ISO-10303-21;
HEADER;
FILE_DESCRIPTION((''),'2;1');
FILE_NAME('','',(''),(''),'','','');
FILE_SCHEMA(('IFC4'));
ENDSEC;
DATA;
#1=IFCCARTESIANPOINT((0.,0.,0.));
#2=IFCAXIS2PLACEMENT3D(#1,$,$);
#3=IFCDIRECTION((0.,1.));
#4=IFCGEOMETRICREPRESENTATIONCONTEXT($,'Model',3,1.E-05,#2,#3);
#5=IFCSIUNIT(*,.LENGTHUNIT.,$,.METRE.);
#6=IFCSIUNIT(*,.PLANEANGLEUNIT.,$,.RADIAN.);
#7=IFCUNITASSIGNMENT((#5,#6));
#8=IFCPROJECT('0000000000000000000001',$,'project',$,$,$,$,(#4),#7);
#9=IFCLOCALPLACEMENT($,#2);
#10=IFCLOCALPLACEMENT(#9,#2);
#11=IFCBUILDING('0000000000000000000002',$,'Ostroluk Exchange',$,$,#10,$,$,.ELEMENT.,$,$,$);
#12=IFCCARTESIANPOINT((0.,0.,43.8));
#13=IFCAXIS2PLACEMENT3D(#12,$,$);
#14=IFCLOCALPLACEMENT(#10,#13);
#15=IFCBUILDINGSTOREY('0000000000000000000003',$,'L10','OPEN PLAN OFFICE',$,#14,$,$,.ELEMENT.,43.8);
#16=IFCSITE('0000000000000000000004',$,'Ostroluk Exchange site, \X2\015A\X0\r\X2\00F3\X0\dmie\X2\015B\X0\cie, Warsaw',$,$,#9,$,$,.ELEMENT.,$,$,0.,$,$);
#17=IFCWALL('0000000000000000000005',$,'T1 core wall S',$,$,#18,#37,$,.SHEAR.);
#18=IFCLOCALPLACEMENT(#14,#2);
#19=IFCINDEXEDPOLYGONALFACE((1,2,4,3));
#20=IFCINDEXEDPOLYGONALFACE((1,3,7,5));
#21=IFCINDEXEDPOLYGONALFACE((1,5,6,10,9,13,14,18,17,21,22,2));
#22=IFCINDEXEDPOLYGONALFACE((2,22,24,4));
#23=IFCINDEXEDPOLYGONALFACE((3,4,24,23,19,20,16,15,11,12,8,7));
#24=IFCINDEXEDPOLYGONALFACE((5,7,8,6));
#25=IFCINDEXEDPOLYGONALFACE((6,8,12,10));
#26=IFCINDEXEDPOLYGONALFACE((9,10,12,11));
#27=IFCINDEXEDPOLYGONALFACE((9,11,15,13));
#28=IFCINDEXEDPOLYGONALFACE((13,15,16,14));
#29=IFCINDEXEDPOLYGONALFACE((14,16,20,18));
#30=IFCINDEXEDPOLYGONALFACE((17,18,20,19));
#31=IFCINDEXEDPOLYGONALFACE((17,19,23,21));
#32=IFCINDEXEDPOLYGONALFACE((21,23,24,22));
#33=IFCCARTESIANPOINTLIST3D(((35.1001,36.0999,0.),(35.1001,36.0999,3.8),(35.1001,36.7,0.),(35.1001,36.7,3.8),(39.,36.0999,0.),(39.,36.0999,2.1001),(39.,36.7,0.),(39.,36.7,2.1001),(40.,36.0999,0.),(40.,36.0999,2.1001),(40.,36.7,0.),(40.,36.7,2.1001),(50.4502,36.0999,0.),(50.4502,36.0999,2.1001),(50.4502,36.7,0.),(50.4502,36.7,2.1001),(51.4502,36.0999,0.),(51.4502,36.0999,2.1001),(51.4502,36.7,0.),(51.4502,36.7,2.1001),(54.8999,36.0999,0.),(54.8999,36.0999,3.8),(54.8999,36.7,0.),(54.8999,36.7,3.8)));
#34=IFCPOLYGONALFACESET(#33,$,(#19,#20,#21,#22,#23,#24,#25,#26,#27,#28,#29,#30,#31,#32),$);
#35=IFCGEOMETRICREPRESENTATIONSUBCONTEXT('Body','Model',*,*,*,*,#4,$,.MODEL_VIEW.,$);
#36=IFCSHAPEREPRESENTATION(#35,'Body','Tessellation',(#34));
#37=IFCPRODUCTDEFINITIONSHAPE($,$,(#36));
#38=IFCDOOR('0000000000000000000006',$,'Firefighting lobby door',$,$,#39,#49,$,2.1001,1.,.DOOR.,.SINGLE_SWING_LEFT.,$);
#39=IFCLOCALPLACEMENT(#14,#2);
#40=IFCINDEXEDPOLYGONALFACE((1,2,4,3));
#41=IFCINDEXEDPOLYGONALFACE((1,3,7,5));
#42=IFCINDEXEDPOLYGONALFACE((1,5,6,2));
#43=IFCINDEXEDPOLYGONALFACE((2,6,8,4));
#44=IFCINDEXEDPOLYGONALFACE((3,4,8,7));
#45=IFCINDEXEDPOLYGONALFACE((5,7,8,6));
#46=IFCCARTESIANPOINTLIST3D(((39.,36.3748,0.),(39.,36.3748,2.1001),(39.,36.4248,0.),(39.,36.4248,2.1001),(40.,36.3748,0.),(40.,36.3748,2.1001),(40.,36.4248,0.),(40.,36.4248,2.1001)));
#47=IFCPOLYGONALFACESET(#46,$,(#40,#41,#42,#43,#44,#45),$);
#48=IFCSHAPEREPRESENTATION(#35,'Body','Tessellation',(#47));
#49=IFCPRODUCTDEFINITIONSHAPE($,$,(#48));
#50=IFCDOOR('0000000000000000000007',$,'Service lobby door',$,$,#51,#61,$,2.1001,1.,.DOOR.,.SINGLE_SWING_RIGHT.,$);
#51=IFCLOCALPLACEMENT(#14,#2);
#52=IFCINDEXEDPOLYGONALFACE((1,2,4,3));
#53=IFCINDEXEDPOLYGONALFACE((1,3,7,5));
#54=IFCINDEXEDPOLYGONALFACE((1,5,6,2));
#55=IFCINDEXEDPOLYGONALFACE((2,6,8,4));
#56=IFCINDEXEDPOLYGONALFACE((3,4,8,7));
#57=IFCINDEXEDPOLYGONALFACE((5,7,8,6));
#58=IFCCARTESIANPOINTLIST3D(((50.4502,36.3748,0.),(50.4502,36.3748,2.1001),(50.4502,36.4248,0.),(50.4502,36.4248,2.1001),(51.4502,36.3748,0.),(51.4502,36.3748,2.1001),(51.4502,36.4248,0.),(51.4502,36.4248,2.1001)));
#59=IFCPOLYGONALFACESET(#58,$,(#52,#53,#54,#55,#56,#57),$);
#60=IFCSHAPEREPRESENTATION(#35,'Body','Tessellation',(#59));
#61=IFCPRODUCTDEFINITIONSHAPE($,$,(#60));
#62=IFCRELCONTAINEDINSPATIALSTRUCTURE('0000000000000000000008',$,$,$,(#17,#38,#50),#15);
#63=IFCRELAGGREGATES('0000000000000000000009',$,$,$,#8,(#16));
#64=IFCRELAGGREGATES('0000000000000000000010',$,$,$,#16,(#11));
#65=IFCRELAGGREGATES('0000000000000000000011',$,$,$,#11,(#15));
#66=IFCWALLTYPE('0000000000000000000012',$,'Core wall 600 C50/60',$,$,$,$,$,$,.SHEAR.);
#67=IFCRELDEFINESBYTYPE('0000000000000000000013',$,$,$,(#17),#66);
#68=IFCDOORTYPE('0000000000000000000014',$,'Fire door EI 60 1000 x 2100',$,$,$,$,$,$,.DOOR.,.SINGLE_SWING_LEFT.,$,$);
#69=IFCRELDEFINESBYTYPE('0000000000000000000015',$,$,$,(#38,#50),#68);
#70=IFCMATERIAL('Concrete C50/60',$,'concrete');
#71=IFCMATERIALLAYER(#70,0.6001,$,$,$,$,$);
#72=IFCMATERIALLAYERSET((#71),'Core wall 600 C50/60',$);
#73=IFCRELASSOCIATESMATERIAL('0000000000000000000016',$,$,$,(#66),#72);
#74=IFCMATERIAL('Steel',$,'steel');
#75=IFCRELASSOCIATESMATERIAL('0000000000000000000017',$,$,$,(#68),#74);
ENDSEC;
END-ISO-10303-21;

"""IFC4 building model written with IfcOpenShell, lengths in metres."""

from ifc_helpers import new_model, si_unit, direction, frame, frame_2d, origin, place, context, subcontext, project, spatial, rectangle, extrude, material, layer, layer_set, type_object, element, fill, save


model = new_model("IFC4")

# Units and contexts
model_context = context("Model", 3, precision=1e-05, world=origin(), true_north=direction((0.0, 1.0)))
body_context = subcontext(model_context, "Body", "Model", "MODEL_VIEW")
ifc_project = project(units=[si_unit("LENGTHUNIT", "METRE"), si_unit("PLANEANGLEUNIT", "RADIAN")], contexts=[model_context])

# Site, building, storey
site_placement = place(None, origin())
site = spatial("IfcSite", under=ifc_project, at=site_placement, Name="Ostroluk Exchange site, Śródmieście, Warsaw", CompositionType="ELEMENT", RefElevation=0.0)
building_placement = place(site_placement, origin())
building = spatial("IfcBuilding", under=site, at=building_placement, Name="Ostroluk Exchange", CompositionType="ELEMENT")
storey_placement = place(building_placement, frame((0.0, 0.0, 43.8)))
storey = spatial("IfcBuildingStorey", under=building, at=storey_placement, Name="L10", Description="OPEN PLAN OFFICE", CompositionType="ELEMENT", Elevation=43.8)

# Wall, openings, doors
ifc_material_1 = material(Name="Concrete C50/60", Category="concrete")
ifc_layer_1 = layer(ifc_material_1, 0.6001)
ifc_layer_set_1 = layer_set([ifc_layer_1], Name="Core wall 600 C50/60")
wall_type_1 = type_object("IfcWallType", Name="Core wall 600 C50/60", PredefinedType="SHEAR", material=ifc_layer_set_1)
wall_1_placement = place(storey_placement, frame((35.1001, 36.3999, 0.0), z_axis=(0.0, 0.0, 1.0), x_axis=(1.0, 0.0, 0.0)))
wall_1 = element("IfcWall", 1, at=wall_1_placement, inside=storey, type_object=wall_type_1, Name="T1 core wall S", PredefinedType="SHEAR", context=body_context, shape_type="SweptSolid", body=[
    extrude(rectangle(XDim=19.7998, YDim=0.6001, at=frame_2d((9.8999, 0.0))), origin(), (0.0, 0.0, 1.0), 3.8),
])
opening_1_placement = place(wall_1_placement, frame((3.8999, 0.0, 0.0)))
opening_1 = element("IfcOpeningElement", 2, at=opening_1_placement, cuts=wall_1, PredefinedType="OPENING", context=body_context, shape_type="SweptSolid", body=[
    extrude(rectangle(XDim=1.0, YDim=2.1001, at=frame_2d((0.5, 1.05))), frame((0.0, 0.3101, 0.0), z_axis=(0.0, -1.0, 0.0), x_axis=(1.0, 0.0, 0.0)), (0.0, 0.0, 1.0), 0.6201),
])
opening_2_placement = place(wall_1_placement, frame((15.3501, 0.0, 0.0)))
opening_2 = element("IfcOpeningElement", 3, at=opening_2_placement, cuts=wall_1, PredefinedType="OPENING", context=body_context, shape_type="SweptSolid", body=[
    extrude(rectangle(XDim=1.0, YDim=2.1001, at=frame_2d((0.5, 1.05))), frame((0.0, 0.3101, 0.0), z_axis=(0.0, -1.0, 0.0), x_axis=(1.0, 0.0, 0.0)), (0.0, 0.0, 1.0), 0.6201),
])
ifc_material_2 = material(Name="Steel", Category="steel")
door_type_1 = type_object("IfcDoorType", Name="Fire door EI 60 1000 x 2100", OperationType="SINGLE_SWING_LEFT", PredefinedType="DOOR", material=ifc_material_2)
door_1_placement = place(opening_1_placement, origin())
door_1 = element("IfcDoor", 4, at=door_1_placement, inside=storey, type_object=door_type_1, Name="Firefighting lobby door", OperationType="SINGLE_SWING_LEFT", OverallHeight=2.1001, OverallWidth=1.0, PredefinedType="DOOR", context=body_context, shape_type="SweptSolid", body=[
    extrude(rectangle(XDim=1.0, YDim=2.1001, at=frame_2d((0.5, 1.05))), frame((0.0, 0.0249, 0.0), z_axis=(0.0, -1.0, 0.0), x_axis=(1.0, 0.0, 0.0)), (0.0, 0.0, 1.0), 0.05),
])
fill(opening_1, door_1)
door_2_placement = place(opening_2_placement, origin())
door_2 = element("IfcDoor", 5, at=door_2_placement, inside=storey, type_object=door_type_1, Name="Service lobby door", OperationType="SINGLE_SWING_RIGHT", OverallHeight=2.1001, OverallWidth=1.0, PredefinedType="DOOR", context=body_context, shape_type="SweptSolid", body=[
    extrude(rectangle(XDim=1.0, YDim=2.1001, at=frame_2d((0.5, 1.05))), frame((0.0, 0.0249, 0.0), z_axis=(0.0, -1.0, 0.0), x_axis=(1.0, 0.0, 0.0)), (0.0, 0.0, 1.0), 0.05),
])
fill(opening_2, door_2)

save(model, "model.ifc")
